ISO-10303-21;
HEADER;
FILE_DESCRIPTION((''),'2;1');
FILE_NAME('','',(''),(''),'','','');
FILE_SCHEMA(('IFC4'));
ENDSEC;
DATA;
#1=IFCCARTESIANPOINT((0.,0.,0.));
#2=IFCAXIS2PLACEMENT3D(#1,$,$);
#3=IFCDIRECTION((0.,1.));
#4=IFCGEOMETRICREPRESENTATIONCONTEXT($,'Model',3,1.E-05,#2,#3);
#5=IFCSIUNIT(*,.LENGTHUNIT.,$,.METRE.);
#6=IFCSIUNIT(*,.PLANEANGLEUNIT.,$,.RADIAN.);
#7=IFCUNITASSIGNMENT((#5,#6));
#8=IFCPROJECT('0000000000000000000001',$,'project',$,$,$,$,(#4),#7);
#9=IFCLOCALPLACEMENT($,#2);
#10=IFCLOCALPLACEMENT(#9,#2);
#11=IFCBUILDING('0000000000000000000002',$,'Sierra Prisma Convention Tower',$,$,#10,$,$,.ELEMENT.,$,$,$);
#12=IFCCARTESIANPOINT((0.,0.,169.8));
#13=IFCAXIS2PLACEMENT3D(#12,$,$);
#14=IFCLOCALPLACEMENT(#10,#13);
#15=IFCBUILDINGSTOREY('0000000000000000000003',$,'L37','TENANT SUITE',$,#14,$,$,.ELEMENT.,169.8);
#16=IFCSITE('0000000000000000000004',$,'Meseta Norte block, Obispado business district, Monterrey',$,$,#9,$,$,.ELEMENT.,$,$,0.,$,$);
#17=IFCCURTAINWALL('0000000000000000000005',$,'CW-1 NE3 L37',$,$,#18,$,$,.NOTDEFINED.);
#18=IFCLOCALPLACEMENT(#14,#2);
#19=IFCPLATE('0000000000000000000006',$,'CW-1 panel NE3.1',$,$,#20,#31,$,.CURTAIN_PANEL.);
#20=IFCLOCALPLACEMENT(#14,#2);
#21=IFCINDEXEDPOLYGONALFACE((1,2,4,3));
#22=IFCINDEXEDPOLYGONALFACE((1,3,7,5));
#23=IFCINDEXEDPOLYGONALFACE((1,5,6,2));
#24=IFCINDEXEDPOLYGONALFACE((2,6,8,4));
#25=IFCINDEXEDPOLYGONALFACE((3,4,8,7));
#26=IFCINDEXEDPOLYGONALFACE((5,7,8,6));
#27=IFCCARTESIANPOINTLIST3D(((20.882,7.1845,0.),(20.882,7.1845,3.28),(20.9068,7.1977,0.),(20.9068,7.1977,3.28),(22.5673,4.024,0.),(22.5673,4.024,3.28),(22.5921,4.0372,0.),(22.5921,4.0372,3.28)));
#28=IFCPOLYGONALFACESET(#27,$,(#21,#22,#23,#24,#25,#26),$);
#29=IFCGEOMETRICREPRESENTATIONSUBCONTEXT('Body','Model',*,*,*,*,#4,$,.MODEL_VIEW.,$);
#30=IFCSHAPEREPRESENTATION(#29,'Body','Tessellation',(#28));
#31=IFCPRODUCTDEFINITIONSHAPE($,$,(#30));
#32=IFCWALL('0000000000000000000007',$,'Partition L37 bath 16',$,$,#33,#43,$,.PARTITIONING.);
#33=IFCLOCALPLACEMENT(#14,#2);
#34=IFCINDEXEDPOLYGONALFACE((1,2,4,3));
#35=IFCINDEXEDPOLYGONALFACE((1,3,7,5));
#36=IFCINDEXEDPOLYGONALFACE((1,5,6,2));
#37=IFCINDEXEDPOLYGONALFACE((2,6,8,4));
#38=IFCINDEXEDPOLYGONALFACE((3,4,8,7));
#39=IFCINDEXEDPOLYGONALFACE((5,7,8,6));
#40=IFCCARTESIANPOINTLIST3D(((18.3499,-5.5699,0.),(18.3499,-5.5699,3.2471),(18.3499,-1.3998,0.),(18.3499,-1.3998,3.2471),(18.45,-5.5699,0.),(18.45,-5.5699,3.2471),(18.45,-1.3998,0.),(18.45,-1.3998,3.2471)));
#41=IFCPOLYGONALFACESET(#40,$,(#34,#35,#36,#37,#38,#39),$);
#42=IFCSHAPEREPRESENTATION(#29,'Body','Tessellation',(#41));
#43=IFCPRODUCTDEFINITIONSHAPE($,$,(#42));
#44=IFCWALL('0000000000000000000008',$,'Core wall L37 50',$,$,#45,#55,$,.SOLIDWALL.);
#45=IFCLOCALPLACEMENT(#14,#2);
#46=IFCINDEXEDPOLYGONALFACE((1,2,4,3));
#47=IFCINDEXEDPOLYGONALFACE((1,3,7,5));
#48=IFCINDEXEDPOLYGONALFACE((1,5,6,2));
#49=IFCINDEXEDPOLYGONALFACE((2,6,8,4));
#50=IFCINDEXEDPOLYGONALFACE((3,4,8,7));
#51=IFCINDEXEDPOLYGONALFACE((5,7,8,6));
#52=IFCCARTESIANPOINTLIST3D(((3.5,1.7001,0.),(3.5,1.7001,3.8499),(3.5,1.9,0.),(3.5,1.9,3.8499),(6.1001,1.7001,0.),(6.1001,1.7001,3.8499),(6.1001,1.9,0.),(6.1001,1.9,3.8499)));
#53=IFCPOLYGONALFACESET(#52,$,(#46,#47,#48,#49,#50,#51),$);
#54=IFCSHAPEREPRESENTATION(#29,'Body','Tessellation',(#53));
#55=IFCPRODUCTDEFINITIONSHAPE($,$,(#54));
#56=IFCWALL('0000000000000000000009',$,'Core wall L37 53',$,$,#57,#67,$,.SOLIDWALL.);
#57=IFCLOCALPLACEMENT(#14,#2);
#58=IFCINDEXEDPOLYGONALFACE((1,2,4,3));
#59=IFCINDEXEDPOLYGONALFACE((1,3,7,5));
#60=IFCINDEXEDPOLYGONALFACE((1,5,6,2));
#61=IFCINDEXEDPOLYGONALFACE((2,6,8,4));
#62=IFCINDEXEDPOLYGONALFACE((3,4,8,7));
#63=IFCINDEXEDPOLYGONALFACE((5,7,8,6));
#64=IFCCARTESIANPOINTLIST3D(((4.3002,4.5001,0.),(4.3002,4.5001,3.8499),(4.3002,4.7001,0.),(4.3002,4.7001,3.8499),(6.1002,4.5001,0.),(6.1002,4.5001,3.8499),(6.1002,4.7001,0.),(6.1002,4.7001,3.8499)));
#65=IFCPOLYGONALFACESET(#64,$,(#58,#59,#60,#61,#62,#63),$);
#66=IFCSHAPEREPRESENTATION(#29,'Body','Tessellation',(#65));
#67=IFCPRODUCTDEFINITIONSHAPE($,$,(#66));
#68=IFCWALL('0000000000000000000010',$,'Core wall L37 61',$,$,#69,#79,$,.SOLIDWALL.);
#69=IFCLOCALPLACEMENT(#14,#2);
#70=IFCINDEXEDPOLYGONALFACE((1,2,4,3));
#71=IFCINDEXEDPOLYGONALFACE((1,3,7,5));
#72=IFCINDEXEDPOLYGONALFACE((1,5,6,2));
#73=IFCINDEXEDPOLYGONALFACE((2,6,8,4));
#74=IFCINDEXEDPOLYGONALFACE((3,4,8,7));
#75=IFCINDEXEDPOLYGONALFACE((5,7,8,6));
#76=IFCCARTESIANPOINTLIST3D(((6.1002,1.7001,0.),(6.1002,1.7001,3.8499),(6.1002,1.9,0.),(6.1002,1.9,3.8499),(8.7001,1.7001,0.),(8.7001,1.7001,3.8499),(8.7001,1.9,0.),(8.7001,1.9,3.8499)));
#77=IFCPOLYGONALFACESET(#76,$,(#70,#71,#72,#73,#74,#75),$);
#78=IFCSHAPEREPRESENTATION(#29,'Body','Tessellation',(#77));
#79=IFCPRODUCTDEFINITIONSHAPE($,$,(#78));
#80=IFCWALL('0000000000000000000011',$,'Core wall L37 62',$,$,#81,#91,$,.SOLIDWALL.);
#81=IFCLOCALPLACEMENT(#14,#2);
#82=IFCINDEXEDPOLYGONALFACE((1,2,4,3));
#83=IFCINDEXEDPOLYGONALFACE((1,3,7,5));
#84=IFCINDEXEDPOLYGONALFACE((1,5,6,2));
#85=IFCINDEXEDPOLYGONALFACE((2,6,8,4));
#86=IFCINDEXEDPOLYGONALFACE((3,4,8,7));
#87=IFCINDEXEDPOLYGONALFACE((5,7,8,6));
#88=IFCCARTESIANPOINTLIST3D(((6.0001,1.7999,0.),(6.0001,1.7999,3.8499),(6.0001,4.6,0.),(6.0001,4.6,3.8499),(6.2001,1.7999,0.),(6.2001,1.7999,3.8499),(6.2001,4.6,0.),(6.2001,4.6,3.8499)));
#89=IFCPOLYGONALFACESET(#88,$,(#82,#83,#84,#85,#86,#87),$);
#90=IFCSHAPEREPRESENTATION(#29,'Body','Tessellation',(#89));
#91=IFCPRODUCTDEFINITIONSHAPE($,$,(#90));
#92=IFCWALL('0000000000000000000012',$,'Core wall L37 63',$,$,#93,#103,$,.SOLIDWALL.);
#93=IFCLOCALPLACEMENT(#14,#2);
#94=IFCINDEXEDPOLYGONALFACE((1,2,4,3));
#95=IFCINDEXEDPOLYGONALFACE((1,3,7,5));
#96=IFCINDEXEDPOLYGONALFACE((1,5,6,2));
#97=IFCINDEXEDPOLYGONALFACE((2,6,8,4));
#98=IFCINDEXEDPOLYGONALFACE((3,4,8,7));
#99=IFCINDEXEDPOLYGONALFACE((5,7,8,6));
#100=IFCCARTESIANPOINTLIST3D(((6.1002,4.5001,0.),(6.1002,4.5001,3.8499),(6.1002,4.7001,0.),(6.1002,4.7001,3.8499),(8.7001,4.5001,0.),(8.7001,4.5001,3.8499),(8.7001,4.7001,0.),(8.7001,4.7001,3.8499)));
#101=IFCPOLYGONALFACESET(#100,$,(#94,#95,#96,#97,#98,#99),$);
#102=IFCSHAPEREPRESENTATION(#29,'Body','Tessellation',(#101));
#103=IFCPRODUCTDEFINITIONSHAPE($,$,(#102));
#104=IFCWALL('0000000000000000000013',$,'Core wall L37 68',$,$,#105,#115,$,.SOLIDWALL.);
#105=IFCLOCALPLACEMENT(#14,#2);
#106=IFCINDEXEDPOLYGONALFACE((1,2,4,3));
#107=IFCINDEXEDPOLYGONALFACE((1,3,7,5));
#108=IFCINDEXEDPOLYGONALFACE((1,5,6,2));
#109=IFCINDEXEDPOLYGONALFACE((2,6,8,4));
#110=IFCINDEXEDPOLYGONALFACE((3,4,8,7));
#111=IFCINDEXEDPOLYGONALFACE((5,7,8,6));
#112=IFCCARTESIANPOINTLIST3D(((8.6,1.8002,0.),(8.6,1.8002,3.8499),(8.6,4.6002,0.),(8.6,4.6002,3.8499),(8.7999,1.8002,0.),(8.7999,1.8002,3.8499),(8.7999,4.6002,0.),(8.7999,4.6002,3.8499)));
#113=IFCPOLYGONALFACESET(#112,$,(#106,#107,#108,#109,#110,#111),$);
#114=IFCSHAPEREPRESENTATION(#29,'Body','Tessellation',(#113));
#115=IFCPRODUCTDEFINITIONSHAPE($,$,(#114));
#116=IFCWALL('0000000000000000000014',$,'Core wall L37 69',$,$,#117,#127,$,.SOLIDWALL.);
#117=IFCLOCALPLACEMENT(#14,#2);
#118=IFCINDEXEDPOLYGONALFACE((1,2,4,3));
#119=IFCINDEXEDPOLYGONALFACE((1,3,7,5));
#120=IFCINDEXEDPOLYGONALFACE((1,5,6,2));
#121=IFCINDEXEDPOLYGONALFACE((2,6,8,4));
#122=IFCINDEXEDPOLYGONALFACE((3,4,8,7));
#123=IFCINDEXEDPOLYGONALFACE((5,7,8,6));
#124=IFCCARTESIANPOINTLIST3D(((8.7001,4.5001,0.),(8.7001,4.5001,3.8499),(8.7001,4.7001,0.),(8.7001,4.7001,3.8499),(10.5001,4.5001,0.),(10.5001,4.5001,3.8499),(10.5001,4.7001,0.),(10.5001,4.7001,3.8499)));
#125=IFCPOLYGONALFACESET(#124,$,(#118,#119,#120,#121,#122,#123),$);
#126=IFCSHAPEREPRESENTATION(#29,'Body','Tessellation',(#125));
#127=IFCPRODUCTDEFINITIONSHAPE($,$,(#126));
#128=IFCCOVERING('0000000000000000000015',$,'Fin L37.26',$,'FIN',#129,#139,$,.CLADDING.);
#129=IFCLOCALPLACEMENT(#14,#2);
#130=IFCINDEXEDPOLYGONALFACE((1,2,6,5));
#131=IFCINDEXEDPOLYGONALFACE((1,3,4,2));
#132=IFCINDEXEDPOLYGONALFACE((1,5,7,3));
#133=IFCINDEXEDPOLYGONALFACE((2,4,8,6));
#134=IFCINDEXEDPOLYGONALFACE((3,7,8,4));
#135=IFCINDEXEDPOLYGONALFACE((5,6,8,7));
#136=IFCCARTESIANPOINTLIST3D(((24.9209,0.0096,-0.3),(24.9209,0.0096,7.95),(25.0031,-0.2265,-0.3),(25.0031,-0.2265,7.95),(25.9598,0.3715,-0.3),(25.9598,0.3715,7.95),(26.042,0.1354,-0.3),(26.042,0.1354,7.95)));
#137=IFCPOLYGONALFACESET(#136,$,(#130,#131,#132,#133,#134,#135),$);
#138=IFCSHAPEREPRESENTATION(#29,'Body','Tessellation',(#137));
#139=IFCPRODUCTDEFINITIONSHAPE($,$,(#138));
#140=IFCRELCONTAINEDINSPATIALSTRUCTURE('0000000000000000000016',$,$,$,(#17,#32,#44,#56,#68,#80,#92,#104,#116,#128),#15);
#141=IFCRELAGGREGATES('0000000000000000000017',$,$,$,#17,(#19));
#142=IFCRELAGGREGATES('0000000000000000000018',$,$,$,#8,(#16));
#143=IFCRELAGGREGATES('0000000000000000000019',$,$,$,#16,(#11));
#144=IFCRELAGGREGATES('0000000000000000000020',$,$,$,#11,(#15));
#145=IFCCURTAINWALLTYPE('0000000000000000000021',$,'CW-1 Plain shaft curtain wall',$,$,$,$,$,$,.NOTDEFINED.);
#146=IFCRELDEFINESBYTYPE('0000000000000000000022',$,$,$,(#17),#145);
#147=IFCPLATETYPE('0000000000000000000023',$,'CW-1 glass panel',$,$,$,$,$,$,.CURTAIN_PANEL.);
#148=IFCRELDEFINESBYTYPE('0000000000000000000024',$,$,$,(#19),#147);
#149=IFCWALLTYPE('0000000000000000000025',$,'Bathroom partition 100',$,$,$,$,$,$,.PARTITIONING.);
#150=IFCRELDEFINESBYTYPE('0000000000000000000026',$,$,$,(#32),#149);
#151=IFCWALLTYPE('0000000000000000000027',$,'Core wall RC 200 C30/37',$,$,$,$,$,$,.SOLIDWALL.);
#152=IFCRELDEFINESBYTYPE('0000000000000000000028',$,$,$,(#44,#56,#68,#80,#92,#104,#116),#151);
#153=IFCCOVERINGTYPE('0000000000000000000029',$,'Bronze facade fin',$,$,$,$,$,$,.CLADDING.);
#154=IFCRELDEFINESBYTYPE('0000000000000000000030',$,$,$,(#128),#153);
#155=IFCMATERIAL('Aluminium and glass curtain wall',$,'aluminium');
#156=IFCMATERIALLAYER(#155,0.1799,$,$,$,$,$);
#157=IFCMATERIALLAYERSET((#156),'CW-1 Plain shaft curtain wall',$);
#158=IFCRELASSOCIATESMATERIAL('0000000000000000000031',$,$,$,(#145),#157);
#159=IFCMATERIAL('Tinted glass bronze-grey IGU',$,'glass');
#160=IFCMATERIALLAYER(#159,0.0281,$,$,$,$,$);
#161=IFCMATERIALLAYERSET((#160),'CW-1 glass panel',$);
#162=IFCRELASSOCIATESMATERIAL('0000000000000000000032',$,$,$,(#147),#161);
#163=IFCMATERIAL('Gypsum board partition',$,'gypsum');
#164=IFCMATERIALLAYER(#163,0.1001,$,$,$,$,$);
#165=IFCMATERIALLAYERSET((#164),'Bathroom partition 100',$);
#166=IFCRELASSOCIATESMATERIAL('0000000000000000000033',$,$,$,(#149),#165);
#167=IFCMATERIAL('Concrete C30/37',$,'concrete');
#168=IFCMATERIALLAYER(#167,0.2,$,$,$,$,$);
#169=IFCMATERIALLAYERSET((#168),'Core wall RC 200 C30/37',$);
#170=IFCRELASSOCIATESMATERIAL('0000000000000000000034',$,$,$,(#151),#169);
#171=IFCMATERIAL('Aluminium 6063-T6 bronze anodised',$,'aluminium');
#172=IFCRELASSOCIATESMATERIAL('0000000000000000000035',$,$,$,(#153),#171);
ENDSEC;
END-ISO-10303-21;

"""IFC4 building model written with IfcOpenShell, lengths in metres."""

from ifc_helpers import new_model, si_unit, direction, frame, frame_2d, origin, origin_2d, place, context, subcontext, project, spatial, rectangle, extrude, material, layer, layer_set, material_profile, profile_set, type_object, element, aggregate, save


model = new_model("IFC4")

# Units and contexts
model_context = context("Model", 3, precision=1e-05, world=origin(), true_north=direction((0.0, 1.0)))
body_context = subcontext(model_context, "Body", "Model", "MODEL_VIEW")
ifc_project = project(units=[si_unit("LENGTHUNIT", "METRE"), si_unit("PLANEANGLEUNIT", "RADIAN")], contexts=[model_context])

# Site, building, storey
site_placement = place(None, origin())
site = spatial("IfcSite", under=ifc_project, at=site_placement, Name="Meseta Norte block, Obispado business district, Monterrey", CompositionType="ELEMENT", RefElevation=0.0)
building_placement = place(site_placement, origin())
building = spatial("IfcBuilding", under=site, at=building_placement, Name="Sierra Prisma Convention Tower", CompositionType="ELEMENT")
storey_placement = place(building_placement, frame((0.0, 0.0, 169.8)))
storey = spatial("IfcBuildingStorey", under=building, at=storey_placement, Name="L37", Description="TENANT SUITE", CompositionType="ELEMENT", Elevation=169.8)

# Curtain wall
ifc_material_1 = material(Name="Aluminium and glass curtain wall", Category="aluminium")
ifc_layer_1 = layer(ifc_material_1, 0.1799)
ifc_layer_set_1 = layer_set([ifc_layer_1], Name="CW-1 Plain shaft curtain wall")
curtain_wall_type = type_object("IfcCurtainWallType", Name="CW-1 Plain shaft curtain wall", PredefinedType="NOTDEFINED", material=ifc_layer_set_1)
curtain_wall_1_placement = place(storey_placement, origin())
curtain_wall_1 = element("IfcCurtainWall", 1, at=curtain_wall_1_placement, inside=storey, type_object=curtain_wall_type, Name="CW-1 NE3 L37", PredefinedType="NOTDEFINED")

# Plate
ifc_material_2 = material(Name="Tinted glass bronze-grey IGU", Category="glass")
ifc_layer_2 = layer(ifc_material_2, 0.0281)
ifc_layer_set_2 = layer_set([ifc_layer_2], Name="CW-1 glass panel")
plate_type = type_object("IfcPlateType", Name="CW-1 glass panel", PredefinedType="CURTAIN_PANEL", material=ifc_layer_set_2)
plate_1_placement = place(storey_placement, frame((21.7371, 5.6108, 0.0), z_axis=(0.0, 0.0, 1.0), x_axis=(-0.470518, 0.88239, 0.0)))
plate_1 = element("IfcPlate", 2, at=plate_1_placement, type_object=plate_type, Name="CW-1 panel NE3.1", PredefinedType="CURTAIN_PANEL", context=body_context, shape_type="SweptSolid", body=[
    extrude(rectangle(XDim=3.5818, YDim=0.0281, at=origin_2d()), origin(), (0.0, 0.0, 1.0), 3.28),
])
aggregate(curtain_wall_1, [plate_1])

# Walls
ifc_material_3 = material(Name="Gypsum board partition", Category="gypsum")
ifc_layer_3 = layer(ifc_material_3, 0.1001)
ifc_layer_set_3 = layer_set([ifc_layer_3], Name="Bathroom partition 100")
wall_type_1 = type_object("IfcWallType", Name="Bathroom partition 100", PredefinedType="PARTITIONING", material=ifc_layer_set_3)
wall_1_placement = place(storey_placement, frame((18.3999, -1.3999, 0.0), z_axis=(0.0, 0.0, 1.0), x_axis=(0.0, -1.0, 0.0)))
element("IfcWall", 3, at=wall_1_placement, inside=storey, type_object=wall_type_1, Name="Partition L37 bath 16", PredefinedType="PARTITIONING", context=body_context, shape_type="SweptSolid", body=[
    extrude(rectangle(XDim=4.1702, YDim=0.1001, at=frame_2d((2.085, 0.0))), origin(), (0.0, 0.0, 1.0), 3.2471),
])
ifc_material_4 = material(Name="Concrete C30/37", Category="concrete")
ifc_layer_4 = layer(ifc_material_4, 0.2)
ifc_layer_set_4 = layer_set([ifc_layer_4], Name="Core wall RC 200 C30/37")
wall_type_2 = type_object("IfcWallType", Name="Core wall RC 200 C30/37", PredefinedType="SOLIDWALL", material=ifc_layer_set_4)
wall_2_placement = place(storey_placement, frame((6.1001, 1.8, 0.0), z_axis=(0.0, 0.0, 1.0), x_axis=(-1.0, 0.0, 0.0)))
element("IfcWall", 4, at=wall_2_placement, inside=storey, type_object=wall_type_2, Name="Core wall L37 50", PredefinedType="SOLIDWALL", context=body_context, shape_type="SweptSolid", body=[
    extrude(rectangle(XDim=2.6001, YDim=0.2, at=frame_2d((1.3, 0.0))), origin(), (0.0, 0.0, 1.0), 3.8499),
])
wall_3_placement = place(storey_placement, frame((6.1001, 4.6001, 0.0), z_axis=(0.0, 0.0, 1.0), x_axis=(-1.0, 0.0, 0.0)))
element("IfcWall", 5, at=wall_3_placement, inside=storey, type_object=wall_type_2, Name="Core wall L37 53", PredefinedType="SOLIDWALL", context=body_context, shape_type="SweptSolid", body=[
    extrude(rectangle(XDim=1.8, YDim=0.2, at=frame_2d((0.8999, 0.0))), origin(), (0.0, 0.0, 1.0), 3.8499),
])
wall_4_placement = place(storey_placement, frame((8.7, 1.8, 0.0), z_axis=(0.0, 0.0, 1.0), x_axis=(-1.0, 0.0, 0.0)))
element("IfcWall", 6, at=wall_4_placement, inside=storey, type_object=wall_type_2, Name="Core wall L37 61", PredefinedType="SOLIDWALL", context=body_context, shape_type="SweptSolid", body=[
    extrude(rectangle(XDim=2.5999, YDim=0.2, at=frame_2d((1.2998, 0.0))), origin(), (0.0, 0.0, 1.0), 3.8499),
])
wall_5_placement = place(storey_placement, frame((6.1001, 1.8, 0.0), z_axis=(0.0, 0.0, 1.0), x_axis=(0.0, 1.0, 0.0)))
element("IfcWall", 7, at=wall_5_placement, inside=storey, type_object=wall_type_2, Name="Core wall L37 62", PredefinedType="SOLIDWALL", context=body_context, shape_type="SweptSolid", body=[
    extrude(rectangle(XDim=2.8, YDim=0.2, at=frame_2d((1.3999, 0.0))), origin(), (0.0, 0.0, 1.0), 3.8499),
])
wall_6_placement = place(storey_placement, frame((8.7, 4.6001, 0.0), z_axis=(0.0, 0.0, 1.0), x_axis=(-1.0, 0.0, 0.0)))
element("IfcWall", 8, at=wall_6_placement, inside=storey, type_object=wall_type_2, Name="Core wall L37 63", PredefinedType="SOLIDWALL", context=body_context, shape_type="SweptSolid", body=[
    extrude(rectangle(XDim=2.5999, YDim=0.2, at=frame_2d((1.2998, 0.0))), origin(), (0.0, 0.0, 1.0), 3.8499),
])

# Walls
wall_7_placement = place(storey_placement, frame((8.7, 4.6001, 0.0), z_axis=(0.0, 0.0, 1.0), x_axis=(0.0, -1.0, 0.0)))
element("IfcWall", 9, at=wall_7_placement, inside=storey, type_object=wall_type_2, Name="Core wall L37 68", PredefinedType="SOLIDWALL", context=body_context, shape_type="SweptSolid", body=[
    extrude(rectangle(XDim=2.8, YDim=0.2, at=frame_2d((1.3999, 0.0))), origin(), (0.0, 0.0, 1.0), 3.8499),
])
wall_8_placement = place(storey_placement, frame((10.5, 4.6001, 0.0), z_axis=(0.0, 0.0, 1.0), x_axis=(-1.0, 0.0, 0.0)))
element("IfcWall", 10, at=wall_8_placement, inside=storey, type_object=wall_type_2, Name="Core wall L37 69", PredefinedType="SOLIDWALL", context=body_context, shape_type="SweptSolid", body=[
    extrude(rectangle(XDim=1.8, YDim=0.2, at=frame_2d((0.8999, 0.0))), origin(), (0.0, 0.0, 1.0), 3.8499),
])

# Covering
ifc_material_5 = material(Name="Aluminium 6063-T6 bronze anodised", Category="aluminium")
ifc_material_profile_1 = material_profile(ifc_material_5, rectangle(XDim=1.1001, YDim=0.25, at=origin_2d()), Name="ALU FIN 1100x250")
ifc_profile_set_1 = profile_set([ifc_material_profile_1], Name="Aluminium 6063-T6 bronze anodised")
covering_type = type_object("IfcCoveringType", Name="Bronze facade fin", PredefinedType="CLADDING", material=ifc_profile_set_1)
covering_placement = place(storey_placement, frame((25.4814, 0.0725, -0.3), z_axis=(0.0, 0.0, 1.0), x_axis=(0.944354, 0.32893, 0.0)))
element("IfcCovering", 11, at=covering_placement, inside=storey, type_object=covering_type, Name="Fin L37.26", ObjectType="FIN", PredefinedType="CLADDING", context=body_context, shape_type="SweptSolid", body=[
    extrude(rectangle(XDim=1.1001, YDim=0.25, at=origin_2d()), origin(), (0.0, 0.0, 1.0), 8.25),
])

save(model, "model.ifc")
